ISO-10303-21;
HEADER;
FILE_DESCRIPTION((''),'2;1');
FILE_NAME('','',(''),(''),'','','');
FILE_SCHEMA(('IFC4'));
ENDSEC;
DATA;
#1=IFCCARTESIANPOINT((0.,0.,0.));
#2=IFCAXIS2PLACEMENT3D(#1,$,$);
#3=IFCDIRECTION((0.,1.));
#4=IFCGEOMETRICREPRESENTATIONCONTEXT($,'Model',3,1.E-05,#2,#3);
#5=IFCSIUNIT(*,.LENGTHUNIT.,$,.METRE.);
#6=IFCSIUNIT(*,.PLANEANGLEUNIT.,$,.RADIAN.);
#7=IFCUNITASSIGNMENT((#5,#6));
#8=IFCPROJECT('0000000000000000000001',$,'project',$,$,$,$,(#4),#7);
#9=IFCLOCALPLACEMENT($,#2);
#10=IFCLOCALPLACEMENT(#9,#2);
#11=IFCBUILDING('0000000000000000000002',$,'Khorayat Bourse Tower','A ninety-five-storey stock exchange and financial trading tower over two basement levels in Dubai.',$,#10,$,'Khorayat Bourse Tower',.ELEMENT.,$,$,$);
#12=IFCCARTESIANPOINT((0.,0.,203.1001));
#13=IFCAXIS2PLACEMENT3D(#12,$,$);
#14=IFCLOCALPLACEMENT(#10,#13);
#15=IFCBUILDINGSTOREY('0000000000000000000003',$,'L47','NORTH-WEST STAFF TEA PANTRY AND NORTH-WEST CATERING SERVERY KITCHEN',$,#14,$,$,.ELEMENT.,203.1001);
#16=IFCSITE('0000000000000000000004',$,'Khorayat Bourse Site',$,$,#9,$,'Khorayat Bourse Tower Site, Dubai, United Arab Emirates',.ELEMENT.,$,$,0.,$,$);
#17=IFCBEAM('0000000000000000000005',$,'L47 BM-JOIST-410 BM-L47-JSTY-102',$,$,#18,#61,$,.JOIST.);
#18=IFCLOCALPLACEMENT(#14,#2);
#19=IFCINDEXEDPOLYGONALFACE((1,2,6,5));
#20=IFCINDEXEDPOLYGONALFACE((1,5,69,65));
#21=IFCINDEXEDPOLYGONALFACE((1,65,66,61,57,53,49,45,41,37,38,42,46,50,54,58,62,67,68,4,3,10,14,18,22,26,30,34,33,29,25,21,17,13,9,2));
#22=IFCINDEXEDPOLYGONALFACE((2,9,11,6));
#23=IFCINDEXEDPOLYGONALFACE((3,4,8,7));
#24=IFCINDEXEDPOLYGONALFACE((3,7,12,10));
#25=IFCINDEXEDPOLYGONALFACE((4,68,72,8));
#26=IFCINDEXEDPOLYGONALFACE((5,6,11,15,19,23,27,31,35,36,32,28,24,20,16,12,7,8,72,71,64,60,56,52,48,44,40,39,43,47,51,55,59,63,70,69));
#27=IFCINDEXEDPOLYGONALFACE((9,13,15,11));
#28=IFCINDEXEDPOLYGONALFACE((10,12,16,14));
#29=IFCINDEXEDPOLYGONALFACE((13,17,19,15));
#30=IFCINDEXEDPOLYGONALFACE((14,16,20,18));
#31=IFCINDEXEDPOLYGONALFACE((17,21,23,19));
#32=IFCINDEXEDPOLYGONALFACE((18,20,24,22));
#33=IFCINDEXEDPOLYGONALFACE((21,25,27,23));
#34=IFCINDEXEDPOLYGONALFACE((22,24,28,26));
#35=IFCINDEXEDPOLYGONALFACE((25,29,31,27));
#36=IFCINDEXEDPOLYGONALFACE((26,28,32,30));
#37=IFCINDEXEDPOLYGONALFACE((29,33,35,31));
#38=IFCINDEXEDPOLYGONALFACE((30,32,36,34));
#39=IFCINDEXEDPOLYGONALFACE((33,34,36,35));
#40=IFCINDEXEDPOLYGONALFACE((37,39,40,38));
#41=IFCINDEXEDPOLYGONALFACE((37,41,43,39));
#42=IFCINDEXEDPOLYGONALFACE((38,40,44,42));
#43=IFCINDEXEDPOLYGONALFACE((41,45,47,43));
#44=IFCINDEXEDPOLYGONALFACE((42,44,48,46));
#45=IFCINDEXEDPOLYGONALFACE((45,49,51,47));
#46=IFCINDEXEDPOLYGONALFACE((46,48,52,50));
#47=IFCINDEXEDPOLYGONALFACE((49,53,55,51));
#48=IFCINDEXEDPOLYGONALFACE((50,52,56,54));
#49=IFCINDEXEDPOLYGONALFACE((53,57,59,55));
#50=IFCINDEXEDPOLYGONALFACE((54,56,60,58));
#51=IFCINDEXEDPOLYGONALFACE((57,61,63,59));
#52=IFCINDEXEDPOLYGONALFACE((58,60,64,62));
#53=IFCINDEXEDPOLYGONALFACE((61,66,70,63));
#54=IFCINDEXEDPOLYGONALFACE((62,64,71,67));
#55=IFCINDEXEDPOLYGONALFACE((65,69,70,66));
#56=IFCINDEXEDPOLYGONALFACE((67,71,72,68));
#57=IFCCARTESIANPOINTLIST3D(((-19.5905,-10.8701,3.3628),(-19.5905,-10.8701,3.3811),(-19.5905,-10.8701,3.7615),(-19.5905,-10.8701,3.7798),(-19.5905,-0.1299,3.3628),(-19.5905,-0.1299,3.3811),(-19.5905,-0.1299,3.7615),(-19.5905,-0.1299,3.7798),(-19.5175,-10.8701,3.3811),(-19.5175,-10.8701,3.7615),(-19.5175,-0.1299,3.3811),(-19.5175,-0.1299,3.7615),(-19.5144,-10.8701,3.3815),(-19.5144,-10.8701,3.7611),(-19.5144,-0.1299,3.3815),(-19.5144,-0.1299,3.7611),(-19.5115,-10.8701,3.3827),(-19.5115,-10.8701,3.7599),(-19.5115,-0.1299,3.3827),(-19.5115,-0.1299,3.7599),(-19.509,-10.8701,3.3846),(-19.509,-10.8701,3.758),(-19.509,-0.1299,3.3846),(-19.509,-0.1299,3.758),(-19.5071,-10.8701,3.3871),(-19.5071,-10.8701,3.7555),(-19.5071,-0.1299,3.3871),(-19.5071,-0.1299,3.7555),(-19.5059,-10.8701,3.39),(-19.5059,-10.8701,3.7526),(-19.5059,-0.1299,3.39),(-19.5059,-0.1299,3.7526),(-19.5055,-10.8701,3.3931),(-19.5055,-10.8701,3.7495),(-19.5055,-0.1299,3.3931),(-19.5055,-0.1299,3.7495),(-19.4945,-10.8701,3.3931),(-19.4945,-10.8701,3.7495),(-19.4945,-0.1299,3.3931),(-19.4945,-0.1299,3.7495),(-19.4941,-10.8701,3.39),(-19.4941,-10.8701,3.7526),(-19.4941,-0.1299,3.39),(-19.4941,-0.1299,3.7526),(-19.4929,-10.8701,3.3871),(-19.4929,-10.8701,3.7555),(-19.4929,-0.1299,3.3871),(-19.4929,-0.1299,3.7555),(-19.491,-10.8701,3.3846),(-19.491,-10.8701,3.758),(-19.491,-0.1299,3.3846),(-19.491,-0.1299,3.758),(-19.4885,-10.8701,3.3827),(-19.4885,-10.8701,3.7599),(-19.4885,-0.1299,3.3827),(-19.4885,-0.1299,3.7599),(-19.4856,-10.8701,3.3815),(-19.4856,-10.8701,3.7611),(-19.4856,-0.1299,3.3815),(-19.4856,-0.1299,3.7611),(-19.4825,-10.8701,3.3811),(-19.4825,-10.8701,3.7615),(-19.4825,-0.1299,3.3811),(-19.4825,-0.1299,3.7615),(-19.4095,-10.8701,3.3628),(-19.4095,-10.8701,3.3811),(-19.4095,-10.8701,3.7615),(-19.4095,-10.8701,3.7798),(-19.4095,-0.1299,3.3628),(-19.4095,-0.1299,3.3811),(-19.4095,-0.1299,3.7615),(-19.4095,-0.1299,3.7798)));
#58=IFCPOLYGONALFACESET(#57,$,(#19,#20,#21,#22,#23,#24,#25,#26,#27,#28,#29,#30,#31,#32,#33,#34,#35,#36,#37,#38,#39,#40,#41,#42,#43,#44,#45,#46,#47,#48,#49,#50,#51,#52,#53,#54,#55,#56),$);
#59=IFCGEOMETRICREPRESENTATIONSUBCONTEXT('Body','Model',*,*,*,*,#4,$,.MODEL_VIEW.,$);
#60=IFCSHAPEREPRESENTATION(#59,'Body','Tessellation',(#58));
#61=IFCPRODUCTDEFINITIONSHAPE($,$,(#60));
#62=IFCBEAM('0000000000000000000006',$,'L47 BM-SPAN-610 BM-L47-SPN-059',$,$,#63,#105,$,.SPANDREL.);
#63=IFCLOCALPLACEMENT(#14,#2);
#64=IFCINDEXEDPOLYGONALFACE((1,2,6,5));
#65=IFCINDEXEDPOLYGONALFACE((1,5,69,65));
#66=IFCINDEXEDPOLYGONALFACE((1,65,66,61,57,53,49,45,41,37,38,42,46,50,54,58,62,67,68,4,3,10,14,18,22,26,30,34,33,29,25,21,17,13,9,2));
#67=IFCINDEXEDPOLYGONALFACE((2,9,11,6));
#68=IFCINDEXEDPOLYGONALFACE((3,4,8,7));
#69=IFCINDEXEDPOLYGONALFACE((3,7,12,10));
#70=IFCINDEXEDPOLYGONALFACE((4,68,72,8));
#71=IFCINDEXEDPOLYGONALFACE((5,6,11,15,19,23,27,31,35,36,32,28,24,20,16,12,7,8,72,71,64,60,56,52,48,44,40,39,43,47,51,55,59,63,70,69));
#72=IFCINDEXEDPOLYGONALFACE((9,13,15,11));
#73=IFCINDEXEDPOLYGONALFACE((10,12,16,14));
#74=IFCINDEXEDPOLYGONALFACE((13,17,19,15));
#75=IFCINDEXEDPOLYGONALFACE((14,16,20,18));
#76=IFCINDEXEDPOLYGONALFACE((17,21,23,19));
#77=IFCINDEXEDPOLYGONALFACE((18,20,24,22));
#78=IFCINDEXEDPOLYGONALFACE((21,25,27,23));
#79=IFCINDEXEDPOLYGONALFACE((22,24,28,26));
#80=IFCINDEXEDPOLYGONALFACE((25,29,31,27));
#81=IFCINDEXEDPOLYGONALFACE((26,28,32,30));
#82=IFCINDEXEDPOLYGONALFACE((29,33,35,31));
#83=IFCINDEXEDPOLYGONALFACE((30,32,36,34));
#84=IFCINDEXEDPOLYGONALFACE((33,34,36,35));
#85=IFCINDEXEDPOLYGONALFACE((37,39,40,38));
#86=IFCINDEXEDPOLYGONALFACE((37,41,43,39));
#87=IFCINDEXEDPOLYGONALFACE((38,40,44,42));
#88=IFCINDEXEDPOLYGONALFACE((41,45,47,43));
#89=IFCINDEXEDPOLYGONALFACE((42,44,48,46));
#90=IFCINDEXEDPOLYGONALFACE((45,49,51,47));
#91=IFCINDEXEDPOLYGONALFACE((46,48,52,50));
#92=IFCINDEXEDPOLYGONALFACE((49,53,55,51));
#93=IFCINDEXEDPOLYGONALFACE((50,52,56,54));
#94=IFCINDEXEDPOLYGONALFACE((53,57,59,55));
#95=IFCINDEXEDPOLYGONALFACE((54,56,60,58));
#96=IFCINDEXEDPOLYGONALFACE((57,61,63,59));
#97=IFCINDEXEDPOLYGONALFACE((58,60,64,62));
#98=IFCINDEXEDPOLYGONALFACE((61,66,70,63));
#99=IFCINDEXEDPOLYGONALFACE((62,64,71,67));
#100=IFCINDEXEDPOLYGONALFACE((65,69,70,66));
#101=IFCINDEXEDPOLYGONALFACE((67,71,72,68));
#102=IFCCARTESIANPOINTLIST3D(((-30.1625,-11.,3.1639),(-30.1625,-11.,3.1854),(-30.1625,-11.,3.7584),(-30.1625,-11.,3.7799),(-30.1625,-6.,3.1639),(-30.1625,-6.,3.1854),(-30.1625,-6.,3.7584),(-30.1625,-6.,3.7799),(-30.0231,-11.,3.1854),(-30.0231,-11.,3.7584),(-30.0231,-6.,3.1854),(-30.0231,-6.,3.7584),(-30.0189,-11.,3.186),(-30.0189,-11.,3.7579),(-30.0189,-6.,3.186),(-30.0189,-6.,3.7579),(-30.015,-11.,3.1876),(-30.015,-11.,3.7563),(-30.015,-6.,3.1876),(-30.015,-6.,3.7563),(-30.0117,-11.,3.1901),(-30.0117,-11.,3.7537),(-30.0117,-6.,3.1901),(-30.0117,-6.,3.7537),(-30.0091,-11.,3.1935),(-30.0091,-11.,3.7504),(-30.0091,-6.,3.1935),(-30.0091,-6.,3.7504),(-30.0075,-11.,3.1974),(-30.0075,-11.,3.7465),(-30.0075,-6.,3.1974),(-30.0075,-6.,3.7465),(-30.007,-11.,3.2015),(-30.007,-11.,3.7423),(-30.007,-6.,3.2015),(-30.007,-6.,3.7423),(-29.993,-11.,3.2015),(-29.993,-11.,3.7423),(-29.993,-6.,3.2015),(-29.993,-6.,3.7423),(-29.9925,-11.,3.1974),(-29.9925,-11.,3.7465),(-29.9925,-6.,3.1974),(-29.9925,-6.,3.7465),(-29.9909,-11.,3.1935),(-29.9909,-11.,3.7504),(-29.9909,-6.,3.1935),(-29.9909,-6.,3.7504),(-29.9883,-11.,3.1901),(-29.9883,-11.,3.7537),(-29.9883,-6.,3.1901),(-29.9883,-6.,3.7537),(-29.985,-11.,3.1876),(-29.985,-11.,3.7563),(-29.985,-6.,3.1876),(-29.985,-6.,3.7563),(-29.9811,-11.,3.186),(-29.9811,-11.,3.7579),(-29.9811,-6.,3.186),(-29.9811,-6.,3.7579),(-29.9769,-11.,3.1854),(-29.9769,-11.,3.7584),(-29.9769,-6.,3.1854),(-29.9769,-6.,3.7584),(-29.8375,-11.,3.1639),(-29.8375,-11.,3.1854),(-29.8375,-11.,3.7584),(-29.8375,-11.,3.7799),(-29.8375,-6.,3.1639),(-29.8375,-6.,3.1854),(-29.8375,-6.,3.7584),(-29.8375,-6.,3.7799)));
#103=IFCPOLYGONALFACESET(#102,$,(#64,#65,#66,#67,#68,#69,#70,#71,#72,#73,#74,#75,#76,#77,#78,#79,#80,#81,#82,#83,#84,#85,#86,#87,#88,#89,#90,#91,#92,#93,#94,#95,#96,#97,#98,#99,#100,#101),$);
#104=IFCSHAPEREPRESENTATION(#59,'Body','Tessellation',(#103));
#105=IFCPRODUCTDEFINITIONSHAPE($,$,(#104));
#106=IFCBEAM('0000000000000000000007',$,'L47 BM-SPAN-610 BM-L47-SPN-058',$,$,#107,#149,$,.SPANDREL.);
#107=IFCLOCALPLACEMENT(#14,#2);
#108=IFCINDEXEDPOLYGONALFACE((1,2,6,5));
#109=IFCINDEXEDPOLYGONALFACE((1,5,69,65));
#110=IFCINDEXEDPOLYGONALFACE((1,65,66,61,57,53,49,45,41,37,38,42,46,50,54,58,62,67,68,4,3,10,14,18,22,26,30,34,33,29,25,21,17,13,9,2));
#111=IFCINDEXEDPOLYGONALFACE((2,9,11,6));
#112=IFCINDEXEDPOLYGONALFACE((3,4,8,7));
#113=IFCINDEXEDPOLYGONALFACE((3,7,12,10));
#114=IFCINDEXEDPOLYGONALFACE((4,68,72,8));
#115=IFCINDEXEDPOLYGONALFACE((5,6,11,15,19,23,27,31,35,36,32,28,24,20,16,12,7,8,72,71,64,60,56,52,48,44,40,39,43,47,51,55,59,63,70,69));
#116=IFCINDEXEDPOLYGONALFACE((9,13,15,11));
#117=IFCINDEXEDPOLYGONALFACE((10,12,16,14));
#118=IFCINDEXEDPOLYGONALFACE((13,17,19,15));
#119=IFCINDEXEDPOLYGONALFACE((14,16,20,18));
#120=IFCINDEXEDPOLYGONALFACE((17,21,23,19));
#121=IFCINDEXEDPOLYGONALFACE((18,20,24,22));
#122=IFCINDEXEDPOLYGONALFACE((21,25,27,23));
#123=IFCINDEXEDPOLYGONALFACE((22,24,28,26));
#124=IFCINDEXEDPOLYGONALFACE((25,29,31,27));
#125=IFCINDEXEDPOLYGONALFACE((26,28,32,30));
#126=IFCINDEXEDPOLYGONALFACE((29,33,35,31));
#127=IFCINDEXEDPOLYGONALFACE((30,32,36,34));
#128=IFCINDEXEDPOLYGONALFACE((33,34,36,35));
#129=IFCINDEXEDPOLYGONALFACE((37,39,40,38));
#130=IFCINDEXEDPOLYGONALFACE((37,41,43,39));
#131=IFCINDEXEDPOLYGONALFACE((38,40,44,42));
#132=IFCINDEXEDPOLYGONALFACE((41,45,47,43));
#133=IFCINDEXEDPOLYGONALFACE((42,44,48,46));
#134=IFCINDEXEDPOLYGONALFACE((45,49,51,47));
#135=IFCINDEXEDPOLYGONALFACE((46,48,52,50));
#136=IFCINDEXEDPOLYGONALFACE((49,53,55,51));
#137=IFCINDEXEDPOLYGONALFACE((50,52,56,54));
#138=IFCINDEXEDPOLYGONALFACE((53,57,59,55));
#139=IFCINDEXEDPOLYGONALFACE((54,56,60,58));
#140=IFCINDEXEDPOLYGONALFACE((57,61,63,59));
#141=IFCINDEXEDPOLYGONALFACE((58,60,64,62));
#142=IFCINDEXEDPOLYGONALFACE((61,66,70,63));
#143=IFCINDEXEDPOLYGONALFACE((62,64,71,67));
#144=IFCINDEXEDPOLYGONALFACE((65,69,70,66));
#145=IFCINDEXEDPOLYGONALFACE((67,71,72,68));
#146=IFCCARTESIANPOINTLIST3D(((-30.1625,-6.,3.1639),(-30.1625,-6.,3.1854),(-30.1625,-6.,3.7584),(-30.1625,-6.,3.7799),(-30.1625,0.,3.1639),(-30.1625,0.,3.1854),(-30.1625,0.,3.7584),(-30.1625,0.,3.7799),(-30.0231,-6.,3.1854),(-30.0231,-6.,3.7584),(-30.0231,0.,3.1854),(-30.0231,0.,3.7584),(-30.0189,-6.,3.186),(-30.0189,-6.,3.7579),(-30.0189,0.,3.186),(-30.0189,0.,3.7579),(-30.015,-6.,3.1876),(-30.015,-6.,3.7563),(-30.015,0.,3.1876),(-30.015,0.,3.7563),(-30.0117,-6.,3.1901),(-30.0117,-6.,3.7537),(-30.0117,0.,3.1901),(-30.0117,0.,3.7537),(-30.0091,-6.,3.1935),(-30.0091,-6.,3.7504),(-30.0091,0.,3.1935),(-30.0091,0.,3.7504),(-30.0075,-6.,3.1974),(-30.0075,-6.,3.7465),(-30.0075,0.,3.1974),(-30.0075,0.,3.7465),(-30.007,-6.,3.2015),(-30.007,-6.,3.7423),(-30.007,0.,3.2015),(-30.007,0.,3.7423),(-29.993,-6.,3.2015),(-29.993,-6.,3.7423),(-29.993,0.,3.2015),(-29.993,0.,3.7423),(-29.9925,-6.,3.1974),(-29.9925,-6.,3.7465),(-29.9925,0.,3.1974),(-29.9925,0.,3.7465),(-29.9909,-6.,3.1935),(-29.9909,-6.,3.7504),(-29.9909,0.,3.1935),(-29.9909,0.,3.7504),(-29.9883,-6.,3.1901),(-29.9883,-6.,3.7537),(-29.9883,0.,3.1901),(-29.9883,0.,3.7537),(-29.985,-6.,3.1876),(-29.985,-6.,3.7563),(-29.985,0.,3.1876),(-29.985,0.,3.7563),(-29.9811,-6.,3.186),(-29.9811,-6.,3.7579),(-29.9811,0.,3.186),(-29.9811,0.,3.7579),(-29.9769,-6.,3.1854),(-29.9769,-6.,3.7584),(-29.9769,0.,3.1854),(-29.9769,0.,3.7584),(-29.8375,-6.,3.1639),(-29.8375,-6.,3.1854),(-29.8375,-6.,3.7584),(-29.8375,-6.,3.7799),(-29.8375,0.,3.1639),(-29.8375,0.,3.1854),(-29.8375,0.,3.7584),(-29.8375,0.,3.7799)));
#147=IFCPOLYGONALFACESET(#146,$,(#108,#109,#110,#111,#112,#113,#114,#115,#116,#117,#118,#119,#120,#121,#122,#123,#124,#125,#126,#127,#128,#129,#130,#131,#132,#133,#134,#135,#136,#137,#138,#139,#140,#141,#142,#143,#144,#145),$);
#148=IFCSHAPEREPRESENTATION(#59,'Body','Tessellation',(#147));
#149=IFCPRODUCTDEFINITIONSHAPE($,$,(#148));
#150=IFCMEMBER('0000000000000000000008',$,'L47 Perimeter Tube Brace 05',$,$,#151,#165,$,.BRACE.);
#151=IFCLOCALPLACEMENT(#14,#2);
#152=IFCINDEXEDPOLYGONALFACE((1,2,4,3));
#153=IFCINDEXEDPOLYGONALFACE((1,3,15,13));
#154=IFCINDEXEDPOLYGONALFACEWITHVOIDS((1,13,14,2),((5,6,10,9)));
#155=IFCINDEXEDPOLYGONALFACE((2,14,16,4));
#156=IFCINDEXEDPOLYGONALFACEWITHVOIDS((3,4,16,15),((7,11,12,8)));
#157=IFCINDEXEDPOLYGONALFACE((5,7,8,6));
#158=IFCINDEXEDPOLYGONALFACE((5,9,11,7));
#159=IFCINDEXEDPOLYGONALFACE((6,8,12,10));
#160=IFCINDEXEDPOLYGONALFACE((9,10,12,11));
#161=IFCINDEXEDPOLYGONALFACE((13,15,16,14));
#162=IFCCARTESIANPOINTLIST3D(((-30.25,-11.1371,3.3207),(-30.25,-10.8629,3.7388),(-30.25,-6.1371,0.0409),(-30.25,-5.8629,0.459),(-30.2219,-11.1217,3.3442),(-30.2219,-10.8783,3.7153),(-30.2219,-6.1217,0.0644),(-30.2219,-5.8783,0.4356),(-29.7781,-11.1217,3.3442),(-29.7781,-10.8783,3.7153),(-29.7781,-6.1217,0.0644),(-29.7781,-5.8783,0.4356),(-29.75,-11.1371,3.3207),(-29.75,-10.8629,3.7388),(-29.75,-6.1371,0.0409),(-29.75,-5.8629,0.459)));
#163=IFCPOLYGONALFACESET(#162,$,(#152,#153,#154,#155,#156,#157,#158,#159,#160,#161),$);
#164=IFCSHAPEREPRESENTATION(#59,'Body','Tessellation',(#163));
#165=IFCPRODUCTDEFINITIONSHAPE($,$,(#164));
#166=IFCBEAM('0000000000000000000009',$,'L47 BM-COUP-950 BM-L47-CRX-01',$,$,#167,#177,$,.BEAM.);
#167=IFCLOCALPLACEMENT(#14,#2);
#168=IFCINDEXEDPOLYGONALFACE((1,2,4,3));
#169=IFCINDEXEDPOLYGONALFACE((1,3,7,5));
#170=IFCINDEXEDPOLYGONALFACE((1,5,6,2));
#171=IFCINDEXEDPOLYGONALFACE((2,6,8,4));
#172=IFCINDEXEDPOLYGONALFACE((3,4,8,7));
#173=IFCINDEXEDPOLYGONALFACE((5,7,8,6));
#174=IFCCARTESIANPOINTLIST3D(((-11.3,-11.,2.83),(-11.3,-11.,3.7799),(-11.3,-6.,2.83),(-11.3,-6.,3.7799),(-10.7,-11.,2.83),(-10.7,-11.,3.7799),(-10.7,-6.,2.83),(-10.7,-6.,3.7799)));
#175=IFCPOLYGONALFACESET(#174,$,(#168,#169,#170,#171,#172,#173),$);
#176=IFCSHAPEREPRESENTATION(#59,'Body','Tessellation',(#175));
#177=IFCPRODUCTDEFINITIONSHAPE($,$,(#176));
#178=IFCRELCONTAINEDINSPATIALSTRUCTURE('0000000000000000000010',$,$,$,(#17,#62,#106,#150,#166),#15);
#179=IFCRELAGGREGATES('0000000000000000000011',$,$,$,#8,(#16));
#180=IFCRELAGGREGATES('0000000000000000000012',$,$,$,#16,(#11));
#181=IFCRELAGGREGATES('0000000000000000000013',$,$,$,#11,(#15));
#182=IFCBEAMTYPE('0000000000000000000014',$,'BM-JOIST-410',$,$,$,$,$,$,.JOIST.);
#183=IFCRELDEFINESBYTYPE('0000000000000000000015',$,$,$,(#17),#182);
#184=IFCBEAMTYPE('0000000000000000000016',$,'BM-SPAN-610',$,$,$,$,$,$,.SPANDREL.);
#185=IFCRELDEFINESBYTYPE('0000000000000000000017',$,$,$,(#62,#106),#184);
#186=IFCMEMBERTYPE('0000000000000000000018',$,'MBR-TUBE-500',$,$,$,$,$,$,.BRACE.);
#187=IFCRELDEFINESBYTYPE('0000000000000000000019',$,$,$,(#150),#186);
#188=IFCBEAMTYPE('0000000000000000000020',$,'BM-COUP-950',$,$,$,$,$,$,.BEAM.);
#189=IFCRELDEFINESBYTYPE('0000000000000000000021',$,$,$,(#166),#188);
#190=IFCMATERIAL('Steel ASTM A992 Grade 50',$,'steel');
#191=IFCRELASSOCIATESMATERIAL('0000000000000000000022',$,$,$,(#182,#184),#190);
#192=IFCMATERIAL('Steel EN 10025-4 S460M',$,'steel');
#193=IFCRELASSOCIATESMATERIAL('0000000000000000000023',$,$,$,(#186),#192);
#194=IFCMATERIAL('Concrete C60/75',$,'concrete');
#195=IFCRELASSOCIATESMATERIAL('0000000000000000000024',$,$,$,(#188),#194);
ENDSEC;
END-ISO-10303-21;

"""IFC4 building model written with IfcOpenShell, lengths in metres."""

from ifc_helpers import new_model, si_unit, direction, frame, origin, origin_2d, place, context, subcontext, project, spatial, rectangle, hollow_rectangle, i_section, extrude, source, transform, mapped, material, material_profile, profile_set, type_object, element, save


model = new_model("IFC4")

# Units and contexts
model_context = context("Model", 3, precision=1e-05, world=origin(), true_north=direction((0.0, 1.0)))
body_context = subcontext(model_context, "Body", "Model", "MODEL_VIEW")
ifc_project = project(units=[si_unit("LENGTHUNIT", "METRE"), si_unit("PLANEANGLEUNIT", "RADIAN")], contexts=[model_context])

# Site, building, storey
site_placement = place(None, origin())
site = spatial("IfcSite", under=ifc_project, at=site_placement, Name="Khorayat Bourse Site", LongName="Khorayat Bourse Tower Site, Dubai, United Arab Emirates", CompositionType="ELEMENT", RefElevation=0.0)
building_placement = place(site_placement, origin())
building = spatial("IfcBuilding", under=site, at=building_placement, Name="Khorayat Bourse Tower", Description="A ninety-five-storey stock exchange and financial trading tower over two basement levels in Dubai.", LongName="Khorayat Bourse Tower", CompositionType="ELEMENT")
storey_placement = place(building_placement, frame((0.0, 0.0, 203.1001)))
storey = spatial("IfcBuildingStorey", under=building, at=storey_placement, Name="L47", Description="NORTH-WEST STAFF TEA PANTRY AND NORTH-WEST CATERING SERVERY KITCHEN", CompositionType="ELEMENT", Elevation=203.1001)

# Shared definitions
ifc_material_1 = material(Name="Steel EN 10025-4 S460M", Category="steel")
ifc_material_2 = material(Name="Concrete C60/75", Category="concrete")

# Beams
ifc_material_3 = material(Name="Steel ASTM A992 Grade 50", Category="steel")
ifc_material_profile_1 = material_profile(ifc_material_3, i_section(OverallWidth=0.1809, OverallDepth=0.417, WebThickness=0.011, FlangeThickness=0.0183, FilletRadius=0.012, at=origin_2d()), Name="W410X85")
ifc_profile_set_1 = profile_set([ifc_material_profile_1], Name="Steel ASTM A992 Grade 50")
beam_type_1 = type_object("IfcBeamType", Name="BM-JOIST-410", PredefinedType="JOIST", material=ifc_profile_set_1)
shared_shape_1 = source(origin(), body_context, "Body", "SweptSolid", [
    extrude(i_section(OverallWidth=0.1809, OverallDepth=0.417, WebThickness=0.011, FlangeThickness=0.0183, FilletRadius=0.012, at=origin_2d()), origin(), (0.0, 0.0, 1.0), 10.7402),
])
beam_1_placement = place(storey_placement, frame((-19.5, -10.8701, 3.5713), z_axis=(0.0, 1.0, 0.0), x_axis=(-1.0, 0.0, 0.0)))
element("IfcBeam", 1, at=beam_1_placement, inside=storey, type_object=beam_type_1, Name="L47 BM-JOIST-410 BM-L47-JSTY-102", PredefinedType="JOIST", context=body_context, shape_type="MappedRepresentation", body=[
    mapped(shared_shape_1, transform((0.0, 0.0, 0.0), scale=1.0)),
])
ifc_material_profile_2 = material_profile(ifc_material_3, i_section(OverallWidth=0.325, OverallDepth=0.616, WebThickness=0.0139, FlangeThickness=0.0215, FilletRadius=0.0161, at=origin_2d()), Name="W610X174")
ifc_profile_set_2 = profile_set([ifc_material_profile_2], Name="Steel ASTM A992 Grade 50")
beam_type_2 = type_object("IfcBeamType", Name="BM-SPAN-610", PredefinedType="SPANDREL", material=ifc_profile_set_2)
shared_shape_2 = source(origin(), body_context, "Body", "SweptSolid", [
    extrude(i_section(OverallWidth=0.325, OverallDepth=0.616, WebThickness=0.0139, FlangeThickness=0.0215, FilletRadius=0.0161, at=origin_2d()), origin(), (0.0, 0.0, 1.0), 5.0),
])
beam_2_placement = place(storey_placement, frame((-30.0, -11.0, 3.4719), z_axis=(0.0, 1.0, 0.0), x_axis=(-1.0, 0.0, 0.0)))
element("IfcBeam", 2, at=beam_2_placement, inside=storey, type_object=beam_type_2, Name="L47 BM-SPAN-610 BM-L47-SPN-059", PredefinedType="SPANDREL", context=body_context, shape_type="MappedRepresentation", body=[
    mapped(shared_shape_2, transform((0.0, 0.0, 0.0), scale=1.0)),
])
shared_shape_3 = source(origin(), body_context, "Body", "SweptSolid", [
    extrude(i_section(OverallWidth=0.325, OverallDepth=0.616, WebThickness=0.0139, FlangeThickness=0.0215, FilletRadius=0.0161, at=origin_2d()), origin(), (0.0, 0.0, 1.0), 6.0),
])
beam_3_placement = place(storey_placement, frame((-30.0, -6.0, 3.4719), z_axis=(0.0, 1.0, 0.0), x_axis=(-1.0, 0.0, 0.0)))
element("IfcBeam", 3, at=beam_3_placement, inside=storey, type_object=beam_type_2, Name="L47 BM-SPAN-610 BM-L47-SPN-058", PredefinedType="SPANDREL", context=body_context, shape_type="MappedRepresentation", body=[
    mapped(shared_shape_3, transform((0.0, 0.0, 0.0), scale=1.0)),
])

# Member
ifc_material_profile_3 = material_profile(ifc_material_1, hollow_rectangle(XDim=0.5, YDim=0.5, WallThickness=0.0281, at=origin_2d()), Name="HSS 500x500x28")
ifc_profile_set_3 = profile_set([ifc_material_profile_3], Name="Steel EN 10025-4 S460M")
member_type = type_object("IfcMemberType", Name="MBR-TUBE-500", PredefinedType="BRACE", material=ifc_profile_set_3)
shared_shape_4 = source(origin(), body_context, "Body", "SweptSolid", [
    extrude(hollow_rectangle(XDim=0.5, YDim=0.5, WallThickness=0.0281, at=origin_2d()), origin(), (0.0, 0.0, 1.0), 5.9797),
])
member_placement = place(storey_placement, frame((-30.0, -11.0, 3.5298), z_axis=(0.0, 0.83616, -0.548485), x_axis=(-1.0, 0.0, 0.0)))
element("IfcMember", 4, at=member_placement, inside=storey, type_object=member_type, Name="L47 Perimeter Tube Brace 05", PredefinedType="BRACE", context=body_context, shape_type="MappedRepresentation", body=[
    mapped(shared_shape_4, transform((0.0, 0.0, 0.0), scale=1.0)),
])

# Beam
ifc_material_profile_4 = material_profile(ifc_material_2, rectangle(XDim=0.6001, YDim=0.95, at=origin_2d()), Name="RC 600x950")
ifc_profile_set_4 = profile_set([ifc_material_profile_4], Name="Concrete C60/75")
beam_type_3 = type_object("IfcBeamType", Name="BM-COUP-950", PredefinedType="BEAM", material=ifc_profile_set_4)
shared_shape_5 = source(origin(), body_context, "Body", "SweptSolid", [
    extrude(rectangle(XDim=0.6001, YDim=0.95, at=origin_2d()), origin(), (0.0, 0.0, 1.0), 5.0),
])
beam_4_placement = place(storey_placement, frame((-11.0, -11.0, 3.3049), z_axis=(0.0, 1.0, 0.0), x_axis=(-1.0, 0.0, 0.0)))
element("IfcBeam", 5, at=beam_4_placement, inside=storey, type_object=beam_type_3, Name="L47 BM-COUP-950 BM-L47-CRX-01", PredefinedType="BEAM", context=body_context, shape_type="MappedRepresentation", body=[
    mapped(shared_shape_5, transform((0.0, 0.0, 0.0), scale=1.0)),
])

save(model, "model.ifc")
